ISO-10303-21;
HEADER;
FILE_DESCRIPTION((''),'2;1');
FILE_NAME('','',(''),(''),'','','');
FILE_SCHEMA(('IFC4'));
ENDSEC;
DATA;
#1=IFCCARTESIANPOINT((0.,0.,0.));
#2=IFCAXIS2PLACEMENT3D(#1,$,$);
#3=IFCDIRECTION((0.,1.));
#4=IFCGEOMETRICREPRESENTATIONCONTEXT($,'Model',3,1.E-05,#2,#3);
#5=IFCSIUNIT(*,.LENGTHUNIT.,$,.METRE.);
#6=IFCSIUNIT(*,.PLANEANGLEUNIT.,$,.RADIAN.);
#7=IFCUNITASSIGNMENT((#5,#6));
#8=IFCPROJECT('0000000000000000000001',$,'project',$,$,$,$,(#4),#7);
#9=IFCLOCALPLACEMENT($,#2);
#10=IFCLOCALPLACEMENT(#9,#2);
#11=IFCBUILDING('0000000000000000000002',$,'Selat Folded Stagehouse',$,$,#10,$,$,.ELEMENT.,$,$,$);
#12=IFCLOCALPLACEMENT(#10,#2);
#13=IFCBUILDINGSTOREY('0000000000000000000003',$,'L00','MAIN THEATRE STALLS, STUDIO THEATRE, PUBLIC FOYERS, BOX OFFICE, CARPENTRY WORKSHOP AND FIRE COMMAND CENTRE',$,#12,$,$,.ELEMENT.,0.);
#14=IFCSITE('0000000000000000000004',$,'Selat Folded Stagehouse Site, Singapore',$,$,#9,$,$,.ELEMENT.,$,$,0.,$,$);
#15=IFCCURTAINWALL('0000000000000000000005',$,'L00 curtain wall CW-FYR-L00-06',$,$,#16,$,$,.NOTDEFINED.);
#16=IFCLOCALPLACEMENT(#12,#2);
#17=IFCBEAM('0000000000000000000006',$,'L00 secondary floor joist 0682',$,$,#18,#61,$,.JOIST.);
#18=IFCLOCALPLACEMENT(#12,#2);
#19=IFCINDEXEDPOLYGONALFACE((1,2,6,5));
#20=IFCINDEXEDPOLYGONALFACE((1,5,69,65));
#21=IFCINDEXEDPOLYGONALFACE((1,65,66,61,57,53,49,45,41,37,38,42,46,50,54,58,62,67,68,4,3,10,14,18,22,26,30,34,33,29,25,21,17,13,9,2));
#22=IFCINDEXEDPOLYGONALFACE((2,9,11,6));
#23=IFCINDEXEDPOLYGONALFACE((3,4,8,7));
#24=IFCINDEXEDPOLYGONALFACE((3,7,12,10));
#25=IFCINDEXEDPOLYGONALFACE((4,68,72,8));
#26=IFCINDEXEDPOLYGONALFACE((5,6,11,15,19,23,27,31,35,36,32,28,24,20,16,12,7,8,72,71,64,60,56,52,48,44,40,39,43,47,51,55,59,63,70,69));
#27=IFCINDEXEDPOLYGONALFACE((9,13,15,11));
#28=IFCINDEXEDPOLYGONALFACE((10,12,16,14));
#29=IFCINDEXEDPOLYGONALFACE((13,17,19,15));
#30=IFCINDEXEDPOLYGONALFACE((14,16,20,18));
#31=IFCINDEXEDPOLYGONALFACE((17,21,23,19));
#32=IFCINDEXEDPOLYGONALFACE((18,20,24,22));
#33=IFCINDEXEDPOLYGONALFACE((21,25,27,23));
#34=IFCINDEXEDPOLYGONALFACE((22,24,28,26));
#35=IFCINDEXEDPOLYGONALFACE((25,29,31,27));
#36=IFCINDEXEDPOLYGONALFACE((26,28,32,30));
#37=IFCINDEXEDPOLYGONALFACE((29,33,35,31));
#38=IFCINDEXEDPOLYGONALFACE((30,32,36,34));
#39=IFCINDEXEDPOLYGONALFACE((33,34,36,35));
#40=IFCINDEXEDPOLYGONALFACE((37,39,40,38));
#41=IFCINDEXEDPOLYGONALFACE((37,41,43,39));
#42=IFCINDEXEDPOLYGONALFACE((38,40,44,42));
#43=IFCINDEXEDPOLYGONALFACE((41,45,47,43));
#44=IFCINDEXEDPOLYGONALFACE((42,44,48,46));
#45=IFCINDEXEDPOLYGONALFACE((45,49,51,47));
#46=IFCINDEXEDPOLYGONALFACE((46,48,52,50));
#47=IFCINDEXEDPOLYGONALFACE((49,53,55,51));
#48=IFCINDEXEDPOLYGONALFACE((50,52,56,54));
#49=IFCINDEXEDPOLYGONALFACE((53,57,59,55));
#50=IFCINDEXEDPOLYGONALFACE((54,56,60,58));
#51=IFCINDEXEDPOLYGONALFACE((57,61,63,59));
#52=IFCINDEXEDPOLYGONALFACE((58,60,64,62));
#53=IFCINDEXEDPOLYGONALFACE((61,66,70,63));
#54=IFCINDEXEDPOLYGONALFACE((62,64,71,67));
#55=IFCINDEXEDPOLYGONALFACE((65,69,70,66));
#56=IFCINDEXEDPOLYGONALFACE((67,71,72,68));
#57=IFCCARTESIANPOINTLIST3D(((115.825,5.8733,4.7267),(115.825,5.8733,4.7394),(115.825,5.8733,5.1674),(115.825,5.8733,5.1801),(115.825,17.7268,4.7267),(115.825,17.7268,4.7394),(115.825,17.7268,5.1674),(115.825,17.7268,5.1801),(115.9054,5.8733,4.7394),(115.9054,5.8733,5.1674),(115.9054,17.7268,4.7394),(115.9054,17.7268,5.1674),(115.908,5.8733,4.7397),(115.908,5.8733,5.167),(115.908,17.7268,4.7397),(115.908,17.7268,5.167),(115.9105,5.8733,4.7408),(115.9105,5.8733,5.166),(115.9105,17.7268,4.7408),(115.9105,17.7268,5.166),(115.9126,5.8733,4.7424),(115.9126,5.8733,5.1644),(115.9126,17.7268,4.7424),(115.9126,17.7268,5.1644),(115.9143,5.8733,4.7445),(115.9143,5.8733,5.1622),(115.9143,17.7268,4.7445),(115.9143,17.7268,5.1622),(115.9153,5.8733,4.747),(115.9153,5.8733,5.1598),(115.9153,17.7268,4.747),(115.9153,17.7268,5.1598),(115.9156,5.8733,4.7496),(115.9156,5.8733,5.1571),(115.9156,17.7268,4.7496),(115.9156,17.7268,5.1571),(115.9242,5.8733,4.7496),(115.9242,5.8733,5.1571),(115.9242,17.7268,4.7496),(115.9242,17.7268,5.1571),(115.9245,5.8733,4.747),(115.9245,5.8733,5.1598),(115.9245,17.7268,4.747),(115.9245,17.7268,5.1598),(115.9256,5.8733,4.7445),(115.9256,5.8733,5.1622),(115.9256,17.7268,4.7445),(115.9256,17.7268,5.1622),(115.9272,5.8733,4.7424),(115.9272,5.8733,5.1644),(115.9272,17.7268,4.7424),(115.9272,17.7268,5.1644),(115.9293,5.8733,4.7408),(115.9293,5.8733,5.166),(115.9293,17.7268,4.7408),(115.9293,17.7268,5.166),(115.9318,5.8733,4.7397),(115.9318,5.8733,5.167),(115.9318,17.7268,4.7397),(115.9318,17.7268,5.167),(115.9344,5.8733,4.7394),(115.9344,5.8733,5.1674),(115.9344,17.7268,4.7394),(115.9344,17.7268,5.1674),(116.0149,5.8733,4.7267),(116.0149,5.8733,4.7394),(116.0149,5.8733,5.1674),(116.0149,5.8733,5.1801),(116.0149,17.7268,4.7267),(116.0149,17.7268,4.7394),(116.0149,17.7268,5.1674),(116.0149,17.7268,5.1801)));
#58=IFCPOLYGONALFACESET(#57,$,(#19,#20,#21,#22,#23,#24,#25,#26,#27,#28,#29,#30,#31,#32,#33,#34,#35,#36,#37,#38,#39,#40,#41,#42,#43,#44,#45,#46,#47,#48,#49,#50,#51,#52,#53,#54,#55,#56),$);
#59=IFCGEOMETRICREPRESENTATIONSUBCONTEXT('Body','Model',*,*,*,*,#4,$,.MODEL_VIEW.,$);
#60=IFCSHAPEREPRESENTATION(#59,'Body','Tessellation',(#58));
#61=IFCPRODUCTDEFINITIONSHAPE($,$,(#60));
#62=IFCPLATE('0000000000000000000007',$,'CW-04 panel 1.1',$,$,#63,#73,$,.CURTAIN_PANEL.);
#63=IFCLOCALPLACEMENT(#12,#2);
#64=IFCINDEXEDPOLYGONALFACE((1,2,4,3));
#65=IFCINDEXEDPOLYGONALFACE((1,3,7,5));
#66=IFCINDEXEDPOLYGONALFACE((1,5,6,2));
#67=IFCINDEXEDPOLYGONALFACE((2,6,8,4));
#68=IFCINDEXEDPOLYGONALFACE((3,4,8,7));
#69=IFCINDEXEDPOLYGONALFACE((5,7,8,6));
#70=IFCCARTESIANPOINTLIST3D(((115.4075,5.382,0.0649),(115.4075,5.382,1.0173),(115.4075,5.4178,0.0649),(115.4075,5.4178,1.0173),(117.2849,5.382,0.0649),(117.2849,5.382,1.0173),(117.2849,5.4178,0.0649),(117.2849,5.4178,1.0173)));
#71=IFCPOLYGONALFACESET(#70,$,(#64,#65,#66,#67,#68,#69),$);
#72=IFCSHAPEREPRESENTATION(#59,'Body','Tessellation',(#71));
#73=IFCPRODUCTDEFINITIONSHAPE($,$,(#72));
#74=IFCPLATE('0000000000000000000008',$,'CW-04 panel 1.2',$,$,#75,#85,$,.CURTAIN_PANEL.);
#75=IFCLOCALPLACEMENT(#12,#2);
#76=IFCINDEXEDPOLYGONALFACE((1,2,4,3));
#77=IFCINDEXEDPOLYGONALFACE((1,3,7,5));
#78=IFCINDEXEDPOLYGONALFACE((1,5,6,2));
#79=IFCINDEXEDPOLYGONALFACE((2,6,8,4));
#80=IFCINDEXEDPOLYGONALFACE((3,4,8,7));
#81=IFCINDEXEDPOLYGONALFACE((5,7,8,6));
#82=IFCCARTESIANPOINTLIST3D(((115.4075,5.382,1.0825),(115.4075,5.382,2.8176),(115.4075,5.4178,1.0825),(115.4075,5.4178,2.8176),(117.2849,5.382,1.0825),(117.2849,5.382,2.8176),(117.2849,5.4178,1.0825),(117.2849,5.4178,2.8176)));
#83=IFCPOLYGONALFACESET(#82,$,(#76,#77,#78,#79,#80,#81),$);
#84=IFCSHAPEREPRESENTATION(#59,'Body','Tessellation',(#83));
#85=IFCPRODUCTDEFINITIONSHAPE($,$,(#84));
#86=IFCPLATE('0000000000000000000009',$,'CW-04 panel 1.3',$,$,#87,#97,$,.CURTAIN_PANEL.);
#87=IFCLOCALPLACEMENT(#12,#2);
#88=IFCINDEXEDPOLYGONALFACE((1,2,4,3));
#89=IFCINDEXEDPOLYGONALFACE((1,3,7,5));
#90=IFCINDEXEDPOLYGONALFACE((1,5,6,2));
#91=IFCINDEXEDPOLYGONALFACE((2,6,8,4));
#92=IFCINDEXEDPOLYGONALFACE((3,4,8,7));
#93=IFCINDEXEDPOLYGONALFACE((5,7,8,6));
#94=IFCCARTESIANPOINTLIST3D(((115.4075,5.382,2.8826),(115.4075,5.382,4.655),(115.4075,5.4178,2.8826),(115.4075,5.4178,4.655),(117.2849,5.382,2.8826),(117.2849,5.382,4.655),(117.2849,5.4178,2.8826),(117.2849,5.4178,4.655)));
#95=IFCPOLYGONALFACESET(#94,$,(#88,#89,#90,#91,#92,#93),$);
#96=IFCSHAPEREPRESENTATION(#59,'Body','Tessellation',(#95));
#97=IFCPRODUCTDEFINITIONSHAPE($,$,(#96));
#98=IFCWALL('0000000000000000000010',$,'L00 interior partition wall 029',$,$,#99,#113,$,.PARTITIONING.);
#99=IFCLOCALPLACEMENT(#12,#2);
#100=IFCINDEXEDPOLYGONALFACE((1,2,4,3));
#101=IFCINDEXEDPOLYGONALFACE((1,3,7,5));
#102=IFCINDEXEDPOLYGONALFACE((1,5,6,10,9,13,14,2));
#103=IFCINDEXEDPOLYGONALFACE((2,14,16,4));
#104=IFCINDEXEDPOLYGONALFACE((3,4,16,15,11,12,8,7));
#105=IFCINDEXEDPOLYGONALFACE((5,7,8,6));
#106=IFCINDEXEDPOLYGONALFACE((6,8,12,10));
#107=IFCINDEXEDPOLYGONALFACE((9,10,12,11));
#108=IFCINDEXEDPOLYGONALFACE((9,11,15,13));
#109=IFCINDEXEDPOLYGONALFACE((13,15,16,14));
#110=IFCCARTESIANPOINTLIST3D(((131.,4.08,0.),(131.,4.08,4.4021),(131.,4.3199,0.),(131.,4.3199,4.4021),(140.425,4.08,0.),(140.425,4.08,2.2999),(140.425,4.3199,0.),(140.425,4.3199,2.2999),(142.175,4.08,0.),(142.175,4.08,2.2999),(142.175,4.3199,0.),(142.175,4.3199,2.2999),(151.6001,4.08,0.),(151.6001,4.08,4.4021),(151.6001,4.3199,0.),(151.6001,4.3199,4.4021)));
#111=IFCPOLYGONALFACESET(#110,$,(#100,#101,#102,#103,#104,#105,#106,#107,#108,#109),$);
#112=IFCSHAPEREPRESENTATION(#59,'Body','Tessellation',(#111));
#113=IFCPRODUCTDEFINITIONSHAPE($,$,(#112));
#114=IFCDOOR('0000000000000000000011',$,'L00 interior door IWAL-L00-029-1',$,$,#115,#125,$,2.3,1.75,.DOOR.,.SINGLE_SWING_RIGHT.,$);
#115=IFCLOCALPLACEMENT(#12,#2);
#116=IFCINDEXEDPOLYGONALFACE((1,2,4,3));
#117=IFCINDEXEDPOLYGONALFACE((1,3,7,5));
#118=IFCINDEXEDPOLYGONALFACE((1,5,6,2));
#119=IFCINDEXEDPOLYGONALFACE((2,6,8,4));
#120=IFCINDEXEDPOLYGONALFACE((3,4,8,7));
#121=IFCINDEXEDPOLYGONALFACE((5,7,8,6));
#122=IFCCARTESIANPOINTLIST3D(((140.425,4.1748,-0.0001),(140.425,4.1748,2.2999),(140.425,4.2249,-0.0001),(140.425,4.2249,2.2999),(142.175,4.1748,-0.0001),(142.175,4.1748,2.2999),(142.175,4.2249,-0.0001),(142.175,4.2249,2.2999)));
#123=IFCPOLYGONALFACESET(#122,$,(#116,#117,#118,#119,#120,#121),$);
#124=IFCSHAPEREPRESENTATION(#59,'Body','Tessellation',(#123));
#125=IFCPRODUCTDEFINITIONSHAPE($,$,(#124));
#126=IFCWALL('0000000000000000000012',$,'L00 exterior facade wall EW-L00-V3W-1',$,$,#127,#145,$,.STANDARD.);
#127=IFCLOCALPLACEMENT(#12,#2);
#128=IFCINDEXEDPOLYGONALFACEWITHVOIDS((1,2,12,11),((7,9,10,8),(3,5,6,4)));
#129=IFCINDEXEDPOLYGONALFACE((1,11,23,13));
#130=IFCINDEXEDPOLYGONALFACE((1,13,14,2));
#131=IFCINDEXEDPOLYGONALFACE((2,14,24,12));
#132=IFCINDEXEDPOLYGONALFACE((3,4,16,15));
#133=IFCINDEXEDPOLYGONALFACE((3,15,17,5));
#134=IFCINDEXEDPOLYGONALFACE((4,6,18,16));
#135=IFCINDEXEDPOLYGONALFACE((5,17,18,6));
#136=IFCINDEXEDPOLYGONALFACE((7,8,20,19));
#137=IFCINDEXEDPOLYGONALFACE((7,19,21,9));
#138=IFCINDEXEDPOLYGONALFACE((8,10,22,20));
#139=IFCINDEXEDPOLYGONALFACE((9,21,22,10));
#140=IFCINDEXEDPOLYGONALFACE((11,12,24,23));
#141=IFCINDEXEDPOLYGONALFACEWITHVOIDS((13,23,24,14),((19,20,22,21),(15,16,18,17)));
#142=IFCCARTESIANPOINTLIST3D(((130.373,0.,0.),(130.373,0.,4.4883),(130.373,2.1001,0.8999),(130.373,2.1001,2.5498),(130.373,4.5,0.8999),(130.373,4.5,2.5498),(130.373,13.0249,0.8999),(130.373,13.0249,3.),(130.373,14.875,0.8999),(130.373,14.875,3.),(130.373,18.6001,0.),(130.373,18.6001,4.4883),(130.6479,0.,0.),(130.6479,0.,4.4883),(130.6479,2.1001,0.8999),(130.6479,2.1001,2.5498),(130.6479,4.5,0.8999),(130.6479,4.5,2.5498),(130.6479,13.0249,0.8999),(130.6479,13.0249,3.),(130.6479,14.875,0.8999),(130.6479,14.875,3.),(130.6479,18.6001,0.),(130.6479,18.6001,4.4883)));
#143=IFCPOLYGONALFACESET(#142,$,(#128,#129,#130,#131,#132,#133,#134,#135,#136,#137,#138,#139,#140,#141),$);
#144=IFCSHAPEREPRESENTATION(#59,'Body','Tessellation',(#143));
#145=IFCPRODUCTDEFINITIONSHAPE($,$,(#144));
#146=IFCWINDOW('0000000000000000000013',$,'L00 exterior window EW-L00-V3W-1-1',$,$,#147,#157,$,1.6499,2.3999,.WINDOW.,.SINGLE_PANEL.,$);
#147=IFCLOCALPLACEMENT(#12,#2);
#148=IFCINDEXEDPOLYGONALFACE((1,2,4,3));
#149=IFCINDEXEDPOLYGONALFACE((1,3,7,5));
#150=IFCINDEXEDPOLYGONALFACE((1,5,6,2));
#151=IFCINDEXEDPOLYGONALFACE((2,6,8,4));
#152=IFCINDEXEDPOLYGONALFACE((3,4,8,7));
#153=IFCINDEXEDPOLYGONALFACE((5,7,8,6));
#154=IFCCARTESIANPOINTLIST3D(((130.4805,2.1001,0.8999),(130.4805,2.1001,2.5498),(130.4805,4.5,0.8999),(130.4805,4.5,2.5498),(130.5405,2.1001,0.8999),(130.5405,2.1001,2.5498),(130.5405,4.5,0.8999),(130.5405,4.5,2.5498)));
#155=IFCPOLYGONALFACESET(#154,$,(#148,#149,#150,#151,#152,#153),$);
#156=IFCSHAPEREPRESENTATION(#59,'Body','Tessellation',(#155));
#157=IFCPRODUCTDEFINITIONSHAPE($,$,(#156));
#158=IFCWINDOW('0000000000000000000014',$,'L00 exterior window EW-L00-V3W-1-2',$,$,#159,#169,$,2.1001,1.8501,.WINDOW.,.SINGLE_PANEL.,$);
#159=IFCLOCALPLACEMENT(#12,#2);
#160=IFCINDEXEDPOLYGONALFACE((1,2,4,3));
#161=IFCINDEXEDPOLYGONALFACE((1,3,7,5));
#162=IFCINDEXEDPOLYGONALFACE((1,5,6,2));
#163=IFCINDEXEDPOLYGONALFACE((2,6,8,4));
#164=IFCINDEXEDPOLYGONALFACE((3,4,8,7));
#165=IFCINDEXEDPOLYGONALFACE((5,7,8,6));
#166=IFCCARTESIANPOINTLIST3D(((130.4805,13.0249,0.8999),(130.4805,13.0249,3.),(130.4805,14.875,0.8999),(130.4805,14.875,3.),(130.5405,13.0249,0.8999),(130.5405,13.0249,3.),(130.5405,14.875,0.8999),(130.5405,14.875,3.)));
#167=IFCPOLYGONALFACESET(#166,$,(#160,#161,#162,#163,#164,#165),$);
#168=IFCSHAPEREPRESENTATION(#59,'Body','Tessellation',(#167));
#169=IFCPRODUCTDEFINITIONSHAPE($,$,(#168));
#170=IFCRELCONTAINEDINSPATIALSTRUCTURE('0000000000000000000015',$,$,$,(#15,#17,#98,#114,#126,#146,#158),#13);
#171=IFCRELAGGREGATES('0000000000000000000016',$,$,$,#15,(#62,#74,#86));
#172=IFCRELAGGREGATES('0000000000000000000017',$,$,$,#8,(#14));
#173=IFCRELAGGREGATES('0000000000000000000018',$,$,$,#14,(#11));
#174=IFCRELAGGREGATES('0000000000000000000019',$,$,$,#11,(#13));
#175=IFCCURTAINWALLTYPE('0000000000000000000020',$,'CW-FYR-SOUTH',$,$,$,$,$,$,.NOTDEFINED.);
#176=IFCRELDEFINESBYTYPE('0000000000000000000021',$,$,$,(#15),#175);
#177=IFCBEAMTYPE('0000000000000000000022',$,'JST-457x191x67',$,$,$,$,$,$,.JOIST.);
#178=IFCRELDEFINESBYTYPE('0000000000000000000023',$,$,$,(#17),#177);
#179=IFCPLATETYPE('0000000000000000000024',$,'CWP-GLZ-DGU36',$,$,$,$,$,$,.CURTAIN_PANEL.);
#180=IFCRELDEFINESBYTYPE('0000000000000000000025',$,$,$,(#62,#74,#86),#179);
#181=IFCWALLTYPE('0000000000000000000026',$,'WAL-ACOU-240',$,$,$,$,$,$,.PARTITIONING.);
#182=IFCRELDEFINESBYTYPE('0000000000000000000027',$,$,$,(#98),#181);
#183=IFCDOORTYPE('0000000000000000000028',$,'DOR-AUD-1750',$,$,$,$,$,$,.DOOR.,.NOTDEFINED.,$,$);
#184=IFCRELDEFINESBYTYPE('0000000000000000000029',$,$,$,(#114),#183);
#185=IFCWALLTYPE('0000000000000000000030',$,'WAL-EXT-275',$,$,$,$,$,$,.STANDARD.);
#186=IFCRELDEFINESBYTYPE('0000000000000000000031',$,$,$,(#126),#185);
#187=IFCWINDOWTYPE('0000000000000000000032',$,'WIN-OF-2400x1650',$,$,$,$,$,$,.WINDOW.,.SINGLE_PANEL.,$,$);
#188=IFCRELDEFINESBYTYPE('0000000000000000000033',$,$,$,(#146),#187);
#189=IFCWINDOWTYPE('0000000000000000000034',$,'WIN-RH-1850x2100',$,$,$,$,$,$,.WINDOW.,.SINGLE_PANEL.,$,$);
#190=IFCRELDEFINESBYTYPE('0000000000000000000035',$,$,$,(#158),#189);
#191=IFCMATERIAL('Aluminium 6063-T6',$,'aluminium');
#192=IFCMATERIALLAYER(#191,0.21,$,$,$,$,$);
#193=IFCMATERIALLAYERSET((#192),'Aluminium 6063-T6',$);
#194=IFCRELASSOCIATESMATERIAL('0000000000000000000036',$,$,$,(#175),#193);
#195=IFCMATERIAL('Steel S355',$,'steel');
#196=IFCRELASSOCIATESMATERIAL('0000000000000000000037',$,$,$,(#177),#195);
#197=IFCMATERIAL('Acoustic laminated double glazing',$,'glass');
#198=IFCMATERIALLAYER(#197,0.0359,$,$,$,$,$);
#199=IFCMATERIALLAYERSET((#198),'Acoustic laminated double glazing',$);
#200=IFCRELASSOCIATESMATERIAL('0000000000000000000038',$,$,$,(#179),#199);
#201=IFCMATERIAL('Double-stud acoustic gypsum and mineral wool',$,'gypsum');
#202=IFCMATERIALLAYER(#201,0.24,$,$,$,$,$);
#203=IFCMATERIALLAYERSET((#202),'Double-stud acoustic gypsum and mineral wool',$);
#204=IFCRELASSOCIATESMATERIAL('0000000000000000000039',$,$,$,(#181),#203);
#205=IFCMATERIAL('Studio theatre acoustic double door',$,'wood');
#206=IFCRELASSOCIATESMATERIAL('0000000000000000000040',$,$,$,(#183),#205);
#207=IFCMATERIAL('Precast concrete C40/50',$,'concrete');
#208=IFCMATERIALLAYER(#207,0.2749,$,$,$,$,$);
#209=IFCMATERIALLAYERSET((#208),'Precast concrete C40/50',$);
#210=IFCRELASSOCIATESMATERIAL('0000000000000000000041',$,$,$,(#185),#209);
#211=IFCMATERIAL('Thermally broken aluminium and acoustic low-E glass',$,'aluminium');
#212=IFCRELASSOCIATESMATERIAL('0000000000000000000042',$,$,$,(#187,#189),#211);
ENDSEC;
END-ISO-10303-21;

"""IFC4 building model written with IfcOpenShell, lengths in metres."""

from ifc_helpers import new_model, si_unit, direction, frame, frame_2d, origin, origin_2d, place, context, subcontext, project, spatial, rectangle, i_section, extrude, material, layer, layer_set, material_profile, profile_set, type_object, element, fill, aggregate, save


model = new_model("IFC4")

# Units and contexts
model_context = context("Model", 3, precision=1e-05, world=origin(), true_north=direction((0.0, 1.0)))
body_context = subcontext(model_context, "Body", "Model", "MODEL_VIEW")
ifc_project = project(units=[si_unit("LENGTHUNIT", "METRE"), si_unit("PLANEANGLEUNIT", "RADIAN")], contexts=[model_context])

# Site, building, storey
site_placement = place(None, origin())
site = spatial("IfcSite", under=ifc_project, at=site_placement, Name="Selat Folded Stagehouse Site, Singapore", CompositionType="ELEMENT", RefElevation=0.0)
building_placement = place(site_placement, origin())
building = spatial("IfcBuilding", under=site, at=building_placement, Name="Selat Folded Stagehouse", CompositionType="ELEMENT")
storey_placement = place(building_placement, origin())
storey = spatial("IfcBuildingStorey", under=building, at=storey_placement, Name="L00", Description="MAIN THEATRE STALLS, STUDIO THEATRE, PUBLIC FOYERS, BOX OFFICE, CARPENTRY WORKSHOP AND FIRE COMMAND CENTRE", CompositionType="ELEMENT", Elevation=0.0)

# Shared definitions
ifc_material_1 = material(Name="Steel S355", Category="steel")

# Curtain wall
ifc_material_2 = material(Name="Aluminium 6063-T6", Category="aluminium")
ifc_layer_1 = layer(ifc_material_2, 0.21)
ifc_layer_set_1 = layer_set([ifc_layer_1], Name="Aluminium 6063-T6")
curtain_wall_type = type_object("IfcCurtainWallType", Name="CW-FYR-SOUTH", PredefinedType="NOTDEFINED", material=ifc_layer_set_1)
curtain_wall_placement = place(storey_placement, origin())
curtain_wall = element("IfcCurtainWall", 1, at=curtain_wall_placement, inside=storey, type_object=curtain_wall_type, Name="L00 curtain wall CW-FYR-L00-06", PredefinedType="NOTDEFINED")

# Beam
ifc_material_profile_1 = material_profile(ifc_material_1, i_section(OverallWidth=0.1899, OverallDepth=0.4534, WebThickness=0.0085, FlangeThickness=0.0127, FilletRadius=0.0103, at=origin_2d()), Name="UKB 457x191x67")
ifc_profile_set_1 = profile_set([ifc_material_profile_1], Name="Steel S355")
beam_type_1 = type_object("IfcBeamType", Name="JST-457x191x67", PredefinedType="JOIST", material=ifc_profile_set_1)
beam_1_placement = place(storey_placement, frame((115.9199, 5.8733, 4.9534), z_axis=(0.0, 1.0, 0.0), x_axis=(-1.0, 0.0, 0.0)))
element("IfcBeam", 2, at=beam_1_placement, inside=storey, type_object=beam_type_1, Name="L00 secondary floor joist 0682", PredefinedType="JOIST", context=body_context, shape_type="SweptSolid", body=[
    extrude(i_section(OverallWidth=0.1899, OverallDepth=0.4534, WebThickness=0.0085, FlangeThickness=0.0127, FilletRadius=0.0103, at=origin_2d()), origin(), (0.0, 0.0, 1.0), 11.8535),
])

# Plates
ifc_material_3 = material(Name="Acoustic laminated double glazing", Category="glass")
ifc_layer_2 = layer(ifc_material_3, 0.0359)
ifc_layer_set_2 = layer_set([ifc_layer_2], Name="Acoustic laminated double glazing")
plate_type = type_object("IfcPlateType", Name="CWP-GLZ-DGU36", PredefinedType="CURTAIN_PANEL", material=ifc_layer_set_2)
plate_1_placement = place(storey_placement, frame((116.3462, 5.3999, 0.0649), z_axis=(0.0, 0.0, 1.0), x_axis=(-1.0, 0.0, 0.0)))
plate_1 = element("IfcPlate", 3, at=plate_1_placement, type_object=plate_type, Name="CW-04 panel 1.1", PredefinedType="CURTAIN_PANEL", context=body_context, shape_type="SweptSolid", body=[
    extrude(rectangle(XDim=1.8774, YDim=0.0359, at=origin_2d()), origin(), (0.0, 0.0, 1.0), 0.9524),
])
plate_2_placement = place(storey_placement, frame((116.3462, 5.3999, 1.0825), z_axis=(0.0, 0.0, 1.0), x_axis=(-1.0, 0.0, 0.0)))
plate_2 = element("IfcPlate", 4, at=plate_2_placement, type_object=plate_type, Name="CW-04 panel 1.2", PredefinedType="CURTAIN_PANEL", context=body_context, shape_type="SweptSolid", body=[
    extrude(rectangle(XDim=1.8774, YDim=0.0359, at=origin_2d()), origin(), (0.0, 0.0, 1.0), 1.7351),
])
plate_3_placement = place(storey_placement, frame((116.3462, 5.3999, 2.8826), z_axis=(0.0, 0.0, 1.0), x_axis=(-1.0, 0.0, 0.0)))
plate_3 = element("IfcPlate", 5, at=plate_3_placement, type_object=plate_type, Name="CW-04 panel 1.3", PredefinedType="CURTAIN_PANEL", context=body_context, shape_type="SweptSolid", body=[
    extrude(rectangle(XDim=1.8774, YDim=0.0359, at=origin_2d()), origin(), (0.0, 0.0, 1.0), 1.7725),
])
aggregate(curtain_wall, [plate_1, plate_2, plate_3])

# Wall, opening, door
ifc_material_4 = material(Name="Double-stud acoustic gypsum and mineral wool", Category="gypsum")
ifc_layer_3 = layer(ifc_material_4, 0.24)
ifc_layer_set_3 = layer_set([ifc_layer_3], Name="Double-stud acoustic gypsum and mineral wool")
wall_type_1 = type_object("IfcWallType", Name="WAL-ACOU-240", PredefinedType="PARTITIONING", material=ifc_layer_set_3)
wall_1_placement = place(storey_placement, frame((131.0, 4.2, 0.0), z_axis=(0.0, 0.0, 1.0), x_axis=(1.0, 0.0, 0.0)))
wall_1 = element("IfcWall", 6, at=wall_1_placement, inside=storey, type_object=wall_type_1, Name="L00 interior partition wall 029", PredefinedType="PARTITIONING", context=body_context, shape_type="SweptSolid", body=[
    extrude(rectangle(XDim=20.6001, YDim=0.24, at=frame_2d((10.3, 0.0))), origin(), (0.0, 0.0, 1.0), 4.4021),
])
opening_1_placement = place(wall_1_placement, frame((9.425, 0.0, 0.0)))
opening_1 = element("IfcOpeningElement", 7, at=opening_1_placement, cuts=wall_1, PredefinedType="OPENING", context=body_context, shape_type="SweptSolid", body=[
    extrude(rectangle(XDim=1.75, YDim=2.3, at=frame_2d((0.875, 1.1499))), frame((0.0, 0.1299, 0.0), z_axis=(0.0, -1.0, 0.0), x_axis=(1.0, 0.0, 0.0)), (0.0, 0.0, 1.0), 0.26),
])
ifc_material_5 = material(Name="Studio theatre acoustic double door", Category="wood")
door_type = type_object("IfcDoorType", Name="DOR-AUD-1750", OperationType="NOTDEFINED", PredefinedType="DOOR", material=ifc_material_5)
door_placement = place(opening_1_placement, origin())
door = element("IfcDoor", 8, at=door_placement, inside=storey, type_object=door_type, Name="L00 interior door IWAL-L00-029-1", OperationType="SINGLE_SWING_RIGHT", OverallHeight=2.3, OverallWidth=1.75, PredefinedType="DOOR", context=body_context, shape_type="SweptSolid", body=[
    extrude(rectangle(XDim=1.75, YDim=2.3, at=frame_2d((0.875, 1.1499))), frame((0.0, 0.0249, 0.0), z_axis=(0.0, -1.0, 0.0), x_axis=(1.0, 0.0, 0.0)), (0.0, 0.0, 1.0), 0.05),
])
fill(opening_1, door)

# Wall, openings, windows
ifc_material_6 = material(Name="Precast concrete C40/50", Category="concrete")
ifc_layer_4 = layer(ifc_material_6, 0.2749)
ifc_layer_set_4 = layer_set([ifc_layer_4], Name="Precast concrete C40/50")
wall_type_2 = type_object("IfcWallType", Name="WAL-EXT-275", PredefinedType="STANDARD", material=ifc_layer_set_4)
wall_2_placement = place(storey_placement, frame((130.5105, 0.0, 0.0), z_axis=(0.0, 0.0, 1.0), x_axis=(0.0, 1.0, 0.0)))
wall_2 = element("IfcWall", 9, at=wall_2_placement, inside=storey, type_object=wall_type_2, Name="L00 exterior facade wall EW-L00-V3W-1", PredefinedType="STANDARD", context=body_context, shape_type="SweptSolid", body=[
    extrude(rectangle(XDim=18.6001, YDim=0.2749, at=frame_2d((9.3, 0.0))), origin(), (0.0, 0.0, 1.0), 4.4883),
])
opening_2_placement = place(wall_2_placement, frame((2.1001, 0.0, 0.8999)))
opening_2 = element("IfcOpeningElement", 10, at=opening_2_placement, cuts=wall_2, PredefinedType="OPENING", context=body_context, shape_type="SweptSolid", body=[
    extrude(rectangle(XDim=2.3999, YDim=1.6499, at=frame_2d((1.2, 0.825))), frame((0.0, 0.1475, 0.0), z_axis=(0.0, -1.0, 0.0), x_axis=(1.0, 0.0, 0.0)), (0.0, 0.0, 1.0), 0.2949),
])
opening_3_placement = place(wall_2_placement, frame((13.0249, 0.0, 0.8999)))
opening_3 = element("IfcOpeningElement", 11, at=opening_3_placement, cuts=wall_2, PredefinedType="OPENING", context=body_context, shape_type="SweptSolid", body=[
    extrude(rectangle(XDim=1.8501, YDim=2.1001, at=frame_2d((0.925, 1.05))), frame((0.0, 0.1475, 0.0), z_axis=(0.0, -1.0, 0.0), x_axis=(1.0, 0.0, 0.0)), (0.0, 0.0, 1.0), 0.2949),
])
ifc_material_7 = material(Name="Thermally broken aluminium and acoustic low-E glass", Category="aluminium")
window_type_1 = type_object("IfcWindowType", Name="WIN-OF-2400x1650", PartitioningType="SINGLE_PANEL", PredefinedType="WINDOW", material=ifc_material_7)
window_1_placement = place(opening_2_placement, origin())
window_1 = element("IfcWindow", 12, at=window_1_placement, inside=storey, type_object=window_type_1, Name="L00 exterior window EW-L00-V3W-1-1", OverallHeight=1.6499, OverallWidth=2.3999, PartitioningType="SINGLE_PANEL", PredefinedType="WINDOW", context=body_context, shape_type="SweptSolid", body=[
    extrude(rectangle(XDim=2.3999, YDim=1.6499, at=frame_2d((1.2, 0.825))), frame((0.0, 0.03, 0.0), z_axis=(0.0, -1.0, 0.0), x_axis=(1.0, 0.0, 0.0)), (0.0, 0.0, 1.0), 0.0601),
])
fill(opening_2, window_1)
window_type_2 = type_object("IfcWindowType", Name="WIN-RH-1850x2100", PartitioningType="SINGLE_PANEL", PredefinedType="WINDOW", material=ifc_material_7)
window_2_placement = place(opening_3_placement, origin())
window_2 = element("IfcWindow", 13, at=window_2_placement, inside=storey, type_object=window_type_2, Name="L00 exterior window EW-L00-V3W-1-2", OverallHeight=2.1001, OverallWidth=1.8501, PartitioningType="SINGLE_PANEL", PredefinedType="WINDOW", context=body_context, shape_type="SweptSolid", body=[
    extrude(rectangle(XDim=1.8501, YDim=2.1001, at=frame_2d((0.925, 1.05))), frame((0.0, 0.03, 0.0), z_axis=(0.0, -1.0, 0.0), x_axis=(1.0, 0.0, 0.0)), (0.0, 0.0, 1.0), 0.0601),
])
fill(opening_3, window_2)

save(model, "model.ifc")
